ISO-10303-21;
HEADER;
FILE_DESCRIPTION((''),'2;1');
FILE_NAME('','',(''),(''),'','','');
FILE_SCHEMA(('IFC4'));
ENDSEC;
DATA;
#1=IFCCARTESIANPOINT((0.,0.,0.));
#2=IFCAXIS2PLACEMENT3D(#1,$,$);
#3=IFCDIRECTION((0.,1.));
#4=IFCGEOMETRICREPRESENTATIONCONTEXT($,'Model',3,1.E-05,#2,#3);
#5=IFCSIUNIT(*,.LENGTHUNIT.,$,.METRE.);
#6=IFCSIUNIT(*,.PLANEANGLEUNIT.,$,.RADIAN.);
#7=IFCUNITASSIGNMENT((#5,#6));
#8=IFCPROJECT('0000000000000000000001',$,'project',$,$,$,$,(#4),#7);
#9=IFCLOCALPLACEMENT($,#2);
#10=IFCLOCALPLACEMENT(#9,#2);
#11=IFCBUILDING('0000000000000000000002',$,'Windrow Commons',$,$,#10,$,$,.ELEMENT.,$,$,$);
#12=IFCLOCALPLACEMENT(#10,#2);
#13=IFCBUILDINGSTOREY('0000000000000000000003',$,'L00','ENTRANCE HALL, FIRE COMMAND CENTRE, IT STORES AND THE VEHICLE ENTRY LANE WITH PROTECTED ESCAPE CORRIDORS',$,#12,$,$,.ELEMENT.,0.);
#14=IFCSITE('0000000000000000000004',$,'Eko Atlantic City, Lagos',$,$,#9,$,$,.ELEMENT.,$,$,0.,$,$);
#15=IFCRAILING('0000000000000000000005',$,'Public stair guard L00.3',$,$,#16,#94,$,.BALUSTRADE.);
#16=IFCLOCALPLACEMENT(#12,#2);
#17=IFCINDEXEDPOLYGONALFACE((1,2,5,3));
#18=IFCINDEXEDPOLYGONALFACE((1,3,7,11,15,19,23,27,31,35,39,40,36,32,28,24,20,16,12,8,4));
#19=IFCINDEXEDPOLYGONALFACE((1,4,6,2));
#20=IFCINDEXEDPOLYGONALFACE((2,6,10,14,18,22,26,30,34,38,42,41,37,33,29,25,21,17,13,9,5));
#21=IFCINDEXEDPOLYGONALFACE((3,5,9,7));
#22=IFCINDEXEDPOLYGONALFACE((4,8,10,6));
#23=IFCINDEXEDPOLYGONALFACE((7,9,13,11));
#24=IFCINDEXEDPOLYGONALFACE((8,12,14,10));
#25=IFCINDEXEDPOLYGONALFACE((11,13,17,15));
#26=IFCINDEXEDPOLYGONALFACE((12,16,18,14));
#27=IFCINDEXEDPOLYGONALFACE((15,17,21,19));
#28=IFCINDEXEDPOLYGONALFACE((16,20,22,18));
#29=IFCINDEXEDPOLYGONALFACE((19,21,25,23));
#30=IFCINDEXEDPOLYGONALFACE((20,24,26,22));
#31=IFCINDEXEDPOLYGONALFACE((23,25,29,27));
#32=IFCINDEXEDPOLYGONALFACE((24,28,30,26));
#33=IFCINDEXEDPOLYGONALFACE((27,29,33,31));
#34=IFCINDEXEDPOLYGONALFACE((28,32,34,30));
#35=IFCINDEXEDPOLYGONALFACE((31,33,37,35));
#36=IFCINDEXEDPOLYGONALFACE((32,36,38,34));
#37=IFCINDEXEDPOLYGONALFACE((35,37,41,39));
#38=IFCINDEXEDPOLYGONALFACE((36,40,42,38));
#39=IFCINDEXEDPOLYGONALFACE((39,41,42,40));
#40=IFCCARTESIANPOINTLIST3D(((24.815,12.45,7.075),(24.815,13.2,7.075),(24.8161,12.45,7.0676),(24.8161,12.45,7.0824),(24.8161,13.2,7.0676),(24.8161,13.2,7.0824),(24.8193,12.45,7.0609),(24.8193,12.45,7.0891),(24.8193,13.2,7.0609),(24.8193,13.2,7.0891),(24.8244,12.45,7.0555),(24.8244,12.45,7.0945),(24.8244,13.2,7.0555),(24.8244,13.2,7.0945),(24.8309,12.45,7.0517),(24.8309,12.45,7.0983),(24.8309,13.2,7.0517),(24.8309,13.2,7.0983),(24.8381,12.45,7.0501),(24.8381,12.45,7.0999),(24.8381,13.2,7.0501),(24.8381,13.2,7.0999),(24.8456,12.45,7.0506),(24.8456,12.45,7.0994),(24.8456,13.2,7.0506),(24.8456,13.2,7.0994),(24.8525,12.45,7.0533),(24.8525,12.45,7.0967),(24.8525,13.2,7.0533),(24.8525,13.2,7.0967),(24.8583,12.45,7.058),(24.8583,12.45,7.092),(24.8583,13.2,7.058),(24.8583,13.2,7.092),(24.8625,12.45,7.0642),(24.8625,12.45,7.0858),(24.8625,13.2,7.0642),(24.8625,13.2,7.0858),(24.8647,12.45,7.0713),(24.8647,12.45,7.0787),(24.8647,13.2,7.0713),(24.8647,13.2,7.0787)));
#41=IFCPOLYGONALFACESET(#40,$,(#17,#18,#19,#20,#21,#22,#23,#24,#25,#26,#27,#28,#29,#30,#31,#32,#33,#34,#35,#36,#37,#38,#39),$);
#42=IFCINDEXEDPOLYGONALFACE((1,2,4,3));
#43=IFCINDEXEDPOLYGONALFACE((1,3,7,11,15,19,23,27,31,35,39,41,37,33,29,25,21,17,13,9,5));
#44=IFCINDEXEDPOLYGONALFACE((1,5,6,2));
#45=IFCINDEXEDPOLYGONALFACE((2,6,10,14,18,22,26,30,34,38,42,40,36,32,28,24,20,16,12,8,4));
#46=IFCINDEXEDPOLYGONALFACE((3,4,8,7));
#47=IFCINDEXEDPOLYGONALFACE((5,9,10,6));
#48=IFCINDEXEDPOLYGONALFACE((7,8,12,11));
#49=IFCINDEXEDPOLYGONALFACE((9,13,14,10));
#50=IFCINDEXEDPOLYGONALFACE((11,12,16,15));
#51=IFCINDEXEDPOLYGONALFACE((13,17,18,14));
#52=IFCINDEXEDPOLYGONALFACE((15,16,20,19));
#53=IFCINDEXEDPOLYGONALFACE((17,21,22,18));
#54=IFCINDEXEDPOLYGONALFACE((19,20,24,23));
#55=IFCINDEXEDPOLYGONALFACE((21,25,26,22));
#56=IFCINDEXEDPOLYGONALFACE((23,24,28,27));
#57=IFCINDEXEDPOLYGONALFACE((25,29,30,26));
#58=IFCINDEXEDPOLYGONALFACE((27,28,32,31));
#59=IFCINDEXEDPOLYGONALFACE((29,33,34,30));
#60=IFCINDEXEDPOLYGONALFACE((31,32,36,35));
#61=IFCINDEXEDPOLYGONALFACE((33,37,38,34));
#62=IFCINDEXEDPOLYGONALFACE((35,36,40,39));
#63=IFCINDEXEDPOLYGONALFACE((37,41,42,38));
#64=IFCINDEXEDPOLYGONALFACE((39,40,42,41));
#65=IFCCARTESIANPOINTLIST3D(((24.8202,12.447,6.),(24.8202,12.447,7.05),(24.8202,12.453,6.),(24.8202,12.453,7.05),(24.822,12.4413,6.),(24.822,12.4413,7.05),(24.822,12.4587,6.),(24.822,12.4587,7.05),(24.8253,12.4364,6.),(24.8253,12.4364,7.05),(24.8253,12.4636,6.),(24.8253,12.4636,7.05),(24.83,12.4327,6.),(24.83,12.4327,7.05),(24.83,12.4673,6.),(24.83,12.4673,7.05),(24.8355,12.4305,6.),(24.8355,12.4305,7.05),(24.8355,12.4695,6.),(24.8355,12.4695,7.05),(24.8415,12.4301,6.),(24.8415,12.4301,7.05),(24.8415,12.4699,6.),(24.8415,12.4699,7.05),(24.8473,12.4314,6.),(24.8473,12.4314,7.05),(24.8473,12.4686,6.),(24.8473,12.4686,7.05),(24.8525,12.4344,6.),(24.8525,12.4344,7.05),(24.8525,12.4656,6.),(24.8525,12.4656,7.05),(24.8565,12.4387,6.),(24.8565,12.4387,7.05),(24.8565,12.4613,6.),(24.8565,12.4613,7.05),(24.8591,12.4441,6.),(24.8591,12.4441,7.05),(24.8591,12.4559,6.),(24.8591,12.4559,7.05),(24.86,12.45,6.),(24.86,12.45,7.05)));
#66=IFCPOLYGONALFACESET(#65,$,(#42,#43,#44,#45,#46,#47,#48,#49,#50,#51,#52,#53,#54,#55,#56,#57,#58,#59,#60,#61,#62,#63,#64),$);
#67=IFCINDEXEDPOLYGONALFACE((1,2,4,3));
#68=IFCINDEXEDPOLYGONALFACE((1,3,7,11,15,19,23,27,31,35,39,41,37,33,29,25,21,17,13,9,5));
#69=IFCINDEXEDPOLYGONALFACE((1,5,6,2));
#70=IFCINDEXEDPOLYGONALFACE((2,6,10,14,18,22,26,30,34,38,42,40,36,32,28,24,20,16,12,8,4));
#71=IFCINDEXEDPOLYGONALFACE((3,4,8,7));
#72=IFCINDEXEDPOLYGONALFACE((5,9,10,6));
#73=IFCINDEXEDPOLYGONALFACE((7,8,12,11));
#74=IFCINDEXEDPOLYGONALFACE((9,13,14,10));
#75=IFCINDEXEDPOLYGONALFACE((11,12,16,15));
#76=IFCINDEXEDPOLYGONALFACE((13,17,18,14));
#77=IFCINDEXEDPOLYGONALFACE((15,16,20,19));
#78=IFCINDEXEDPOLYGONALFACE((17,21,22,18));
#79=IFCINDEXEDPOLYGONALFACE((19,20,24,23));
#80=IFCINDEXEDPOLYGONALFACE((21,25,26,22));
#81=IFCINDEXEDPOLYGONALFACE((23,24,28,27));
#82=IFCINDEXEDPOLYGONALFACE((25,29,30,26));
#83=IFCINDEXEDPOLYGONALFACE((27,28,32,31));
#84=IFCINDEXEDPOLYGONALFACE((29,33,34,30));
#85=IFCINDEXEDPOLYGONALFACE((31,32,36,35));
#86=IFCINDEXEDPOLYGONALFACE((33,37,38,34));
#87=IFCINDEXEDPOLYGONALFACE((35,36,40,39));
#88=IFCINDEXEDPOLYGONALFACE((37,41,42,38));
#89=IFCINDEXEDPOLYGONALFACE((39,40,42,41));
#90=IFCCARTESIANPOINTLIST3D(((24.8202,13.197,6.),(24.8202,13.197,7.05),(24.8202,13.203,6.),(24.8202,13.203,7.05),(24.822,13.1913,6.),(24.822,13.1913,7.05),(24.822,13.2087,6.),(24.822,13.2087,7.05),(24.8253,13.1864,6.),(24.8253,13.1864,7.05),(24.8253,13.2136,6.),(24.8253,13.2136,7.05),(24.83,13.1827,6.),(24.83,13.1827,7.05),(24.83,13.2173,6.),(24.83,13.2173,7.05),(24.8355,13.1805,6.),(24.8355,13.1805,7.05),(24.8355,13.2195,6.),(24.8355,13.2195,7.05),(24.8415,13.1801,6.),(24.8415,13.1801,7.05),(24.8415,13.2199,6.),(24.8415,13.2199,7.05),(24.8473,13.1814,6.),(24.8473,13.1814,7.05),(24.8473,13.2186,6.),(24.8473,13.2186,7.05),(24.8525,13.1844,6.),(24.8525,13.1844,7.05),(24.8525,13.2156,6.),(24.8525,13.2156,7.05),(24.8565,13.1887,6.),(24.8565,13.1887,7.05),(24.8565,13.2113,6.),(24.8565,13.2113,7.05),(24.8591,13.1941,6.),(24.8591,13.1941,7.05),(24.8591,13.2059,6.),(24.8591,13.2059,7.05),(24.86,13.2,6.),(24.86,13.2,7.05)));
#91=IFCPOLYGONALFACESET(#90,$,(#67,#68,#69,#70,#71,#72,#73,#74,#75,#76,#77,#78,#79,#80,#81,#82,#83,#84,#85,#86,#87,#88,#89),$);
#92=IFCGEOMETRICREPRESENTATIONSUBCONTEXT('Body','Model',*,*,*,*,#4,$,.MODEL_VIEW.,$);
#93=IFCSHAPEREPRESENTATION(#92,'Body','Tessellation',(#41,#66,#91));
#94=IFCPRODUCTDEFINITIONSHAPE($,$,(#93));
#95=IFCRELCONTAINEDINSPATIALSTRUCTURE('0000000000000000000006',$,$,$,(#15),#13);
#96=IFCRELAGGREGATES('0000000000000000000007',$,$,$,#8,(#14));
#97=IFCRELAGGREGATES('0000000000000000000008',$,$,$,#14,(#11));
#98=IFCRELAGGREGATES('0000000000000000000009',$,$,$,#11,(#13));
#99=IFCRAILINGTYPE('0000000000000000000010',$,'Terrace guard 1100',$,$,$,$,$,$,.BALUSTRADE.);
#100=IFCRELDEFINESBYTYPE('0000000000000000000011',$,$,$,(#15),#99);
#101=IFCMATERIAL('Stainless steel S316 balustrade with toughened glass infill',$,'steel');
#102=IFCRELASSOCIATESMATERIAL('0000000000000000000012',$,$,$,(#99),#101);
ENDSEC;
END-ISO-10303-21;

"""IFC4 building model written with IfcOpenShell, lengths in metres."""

from ifc_helpers import new_model, si_unit, direction, frame, origin, origin_2d, place, context, subcontext, project, spatial, circle, extrude, material, type_object, element, save


model = new_model("IFC4")

# Units and contexts
model_context = context("Model", 3, precision=1e-05, world=origin(), true_north=direction((0.0, 1.0)))
body_context = subcontext(model_context, "Body", "Model", "MODEL_VIEW")
ifc_project = project(units=[si_unit("LENGTHUNIT", "METRE"), si_unit("PLANEANGLEUNIT", "RADIAN")], contexts=[model_context])

# Site, building, storey
site_placement = place(None, origin())
site = spatial("IfcSite", under=ifc_project, at=site_placement, Name="Eko Atlantic City, Lagos", CompositionType="ELEMENT", RefElevation=0.0)
building_placement = place(site_placement, origin())
building = spatial("IfcBuilding", under=site, at=building_placement, Name="Windrow Commons", CompositionType="ELEMENT")
storey_placement = place(building_placement, origin())
storey = spatial("IfcBuildingStorey", under=building, at=storey_placement, Name="L00", Description="ENTRANCE HALL, FIRE COMMAND CENTRE, IT STORES AND THE VEHICLE ENTRY LANE WITH PROTECTED ESCAPE CORRIDORS", CompositionType="ELEMENT", Elevation=0.0)

# Railing
ifc_material_1 = material(Name="Stainless steel S316 balustrade with toughened glass infill", Category="steel")
railing_type_1 = type_object("IfcRailingType", Name="Terrace guard 1100", PredefinedType="BALUSTRADE", material=ifc_material_1)
railing_1_placement = place(storey_placement, frame((24.84, 12.45, 6.0)))
element("IfcRailing", 1, at=railing_1_placement, inside=storey, type_object=railing_type_1, Name="Public stair guard L00.3", PredefinedType="BALUSTRADE", context=body_context, shape_type="SweptSolid", body=[
    extrude(circle(Radius=0.025, at=origin_2d()), frame((0.0, 0.0, 1.075), z_axis=(0.0, 1.0, 0.0), x_axis=(-1.0, 0.0, 0.0)), (0.0, 0.0, 1.0), 0.75),
    extrude(circle(Radius=0.02, at=origin_2d()), origin(), (0.0, 0.0, 1.0), 1.05),
    extrude(circle(Radius=0.02, at=origin_2d()), frame((0.0, 0.75, 0.0)), (0.0, 0.0, 1.0), 1.05),
])

save(model, "model.ifc")
